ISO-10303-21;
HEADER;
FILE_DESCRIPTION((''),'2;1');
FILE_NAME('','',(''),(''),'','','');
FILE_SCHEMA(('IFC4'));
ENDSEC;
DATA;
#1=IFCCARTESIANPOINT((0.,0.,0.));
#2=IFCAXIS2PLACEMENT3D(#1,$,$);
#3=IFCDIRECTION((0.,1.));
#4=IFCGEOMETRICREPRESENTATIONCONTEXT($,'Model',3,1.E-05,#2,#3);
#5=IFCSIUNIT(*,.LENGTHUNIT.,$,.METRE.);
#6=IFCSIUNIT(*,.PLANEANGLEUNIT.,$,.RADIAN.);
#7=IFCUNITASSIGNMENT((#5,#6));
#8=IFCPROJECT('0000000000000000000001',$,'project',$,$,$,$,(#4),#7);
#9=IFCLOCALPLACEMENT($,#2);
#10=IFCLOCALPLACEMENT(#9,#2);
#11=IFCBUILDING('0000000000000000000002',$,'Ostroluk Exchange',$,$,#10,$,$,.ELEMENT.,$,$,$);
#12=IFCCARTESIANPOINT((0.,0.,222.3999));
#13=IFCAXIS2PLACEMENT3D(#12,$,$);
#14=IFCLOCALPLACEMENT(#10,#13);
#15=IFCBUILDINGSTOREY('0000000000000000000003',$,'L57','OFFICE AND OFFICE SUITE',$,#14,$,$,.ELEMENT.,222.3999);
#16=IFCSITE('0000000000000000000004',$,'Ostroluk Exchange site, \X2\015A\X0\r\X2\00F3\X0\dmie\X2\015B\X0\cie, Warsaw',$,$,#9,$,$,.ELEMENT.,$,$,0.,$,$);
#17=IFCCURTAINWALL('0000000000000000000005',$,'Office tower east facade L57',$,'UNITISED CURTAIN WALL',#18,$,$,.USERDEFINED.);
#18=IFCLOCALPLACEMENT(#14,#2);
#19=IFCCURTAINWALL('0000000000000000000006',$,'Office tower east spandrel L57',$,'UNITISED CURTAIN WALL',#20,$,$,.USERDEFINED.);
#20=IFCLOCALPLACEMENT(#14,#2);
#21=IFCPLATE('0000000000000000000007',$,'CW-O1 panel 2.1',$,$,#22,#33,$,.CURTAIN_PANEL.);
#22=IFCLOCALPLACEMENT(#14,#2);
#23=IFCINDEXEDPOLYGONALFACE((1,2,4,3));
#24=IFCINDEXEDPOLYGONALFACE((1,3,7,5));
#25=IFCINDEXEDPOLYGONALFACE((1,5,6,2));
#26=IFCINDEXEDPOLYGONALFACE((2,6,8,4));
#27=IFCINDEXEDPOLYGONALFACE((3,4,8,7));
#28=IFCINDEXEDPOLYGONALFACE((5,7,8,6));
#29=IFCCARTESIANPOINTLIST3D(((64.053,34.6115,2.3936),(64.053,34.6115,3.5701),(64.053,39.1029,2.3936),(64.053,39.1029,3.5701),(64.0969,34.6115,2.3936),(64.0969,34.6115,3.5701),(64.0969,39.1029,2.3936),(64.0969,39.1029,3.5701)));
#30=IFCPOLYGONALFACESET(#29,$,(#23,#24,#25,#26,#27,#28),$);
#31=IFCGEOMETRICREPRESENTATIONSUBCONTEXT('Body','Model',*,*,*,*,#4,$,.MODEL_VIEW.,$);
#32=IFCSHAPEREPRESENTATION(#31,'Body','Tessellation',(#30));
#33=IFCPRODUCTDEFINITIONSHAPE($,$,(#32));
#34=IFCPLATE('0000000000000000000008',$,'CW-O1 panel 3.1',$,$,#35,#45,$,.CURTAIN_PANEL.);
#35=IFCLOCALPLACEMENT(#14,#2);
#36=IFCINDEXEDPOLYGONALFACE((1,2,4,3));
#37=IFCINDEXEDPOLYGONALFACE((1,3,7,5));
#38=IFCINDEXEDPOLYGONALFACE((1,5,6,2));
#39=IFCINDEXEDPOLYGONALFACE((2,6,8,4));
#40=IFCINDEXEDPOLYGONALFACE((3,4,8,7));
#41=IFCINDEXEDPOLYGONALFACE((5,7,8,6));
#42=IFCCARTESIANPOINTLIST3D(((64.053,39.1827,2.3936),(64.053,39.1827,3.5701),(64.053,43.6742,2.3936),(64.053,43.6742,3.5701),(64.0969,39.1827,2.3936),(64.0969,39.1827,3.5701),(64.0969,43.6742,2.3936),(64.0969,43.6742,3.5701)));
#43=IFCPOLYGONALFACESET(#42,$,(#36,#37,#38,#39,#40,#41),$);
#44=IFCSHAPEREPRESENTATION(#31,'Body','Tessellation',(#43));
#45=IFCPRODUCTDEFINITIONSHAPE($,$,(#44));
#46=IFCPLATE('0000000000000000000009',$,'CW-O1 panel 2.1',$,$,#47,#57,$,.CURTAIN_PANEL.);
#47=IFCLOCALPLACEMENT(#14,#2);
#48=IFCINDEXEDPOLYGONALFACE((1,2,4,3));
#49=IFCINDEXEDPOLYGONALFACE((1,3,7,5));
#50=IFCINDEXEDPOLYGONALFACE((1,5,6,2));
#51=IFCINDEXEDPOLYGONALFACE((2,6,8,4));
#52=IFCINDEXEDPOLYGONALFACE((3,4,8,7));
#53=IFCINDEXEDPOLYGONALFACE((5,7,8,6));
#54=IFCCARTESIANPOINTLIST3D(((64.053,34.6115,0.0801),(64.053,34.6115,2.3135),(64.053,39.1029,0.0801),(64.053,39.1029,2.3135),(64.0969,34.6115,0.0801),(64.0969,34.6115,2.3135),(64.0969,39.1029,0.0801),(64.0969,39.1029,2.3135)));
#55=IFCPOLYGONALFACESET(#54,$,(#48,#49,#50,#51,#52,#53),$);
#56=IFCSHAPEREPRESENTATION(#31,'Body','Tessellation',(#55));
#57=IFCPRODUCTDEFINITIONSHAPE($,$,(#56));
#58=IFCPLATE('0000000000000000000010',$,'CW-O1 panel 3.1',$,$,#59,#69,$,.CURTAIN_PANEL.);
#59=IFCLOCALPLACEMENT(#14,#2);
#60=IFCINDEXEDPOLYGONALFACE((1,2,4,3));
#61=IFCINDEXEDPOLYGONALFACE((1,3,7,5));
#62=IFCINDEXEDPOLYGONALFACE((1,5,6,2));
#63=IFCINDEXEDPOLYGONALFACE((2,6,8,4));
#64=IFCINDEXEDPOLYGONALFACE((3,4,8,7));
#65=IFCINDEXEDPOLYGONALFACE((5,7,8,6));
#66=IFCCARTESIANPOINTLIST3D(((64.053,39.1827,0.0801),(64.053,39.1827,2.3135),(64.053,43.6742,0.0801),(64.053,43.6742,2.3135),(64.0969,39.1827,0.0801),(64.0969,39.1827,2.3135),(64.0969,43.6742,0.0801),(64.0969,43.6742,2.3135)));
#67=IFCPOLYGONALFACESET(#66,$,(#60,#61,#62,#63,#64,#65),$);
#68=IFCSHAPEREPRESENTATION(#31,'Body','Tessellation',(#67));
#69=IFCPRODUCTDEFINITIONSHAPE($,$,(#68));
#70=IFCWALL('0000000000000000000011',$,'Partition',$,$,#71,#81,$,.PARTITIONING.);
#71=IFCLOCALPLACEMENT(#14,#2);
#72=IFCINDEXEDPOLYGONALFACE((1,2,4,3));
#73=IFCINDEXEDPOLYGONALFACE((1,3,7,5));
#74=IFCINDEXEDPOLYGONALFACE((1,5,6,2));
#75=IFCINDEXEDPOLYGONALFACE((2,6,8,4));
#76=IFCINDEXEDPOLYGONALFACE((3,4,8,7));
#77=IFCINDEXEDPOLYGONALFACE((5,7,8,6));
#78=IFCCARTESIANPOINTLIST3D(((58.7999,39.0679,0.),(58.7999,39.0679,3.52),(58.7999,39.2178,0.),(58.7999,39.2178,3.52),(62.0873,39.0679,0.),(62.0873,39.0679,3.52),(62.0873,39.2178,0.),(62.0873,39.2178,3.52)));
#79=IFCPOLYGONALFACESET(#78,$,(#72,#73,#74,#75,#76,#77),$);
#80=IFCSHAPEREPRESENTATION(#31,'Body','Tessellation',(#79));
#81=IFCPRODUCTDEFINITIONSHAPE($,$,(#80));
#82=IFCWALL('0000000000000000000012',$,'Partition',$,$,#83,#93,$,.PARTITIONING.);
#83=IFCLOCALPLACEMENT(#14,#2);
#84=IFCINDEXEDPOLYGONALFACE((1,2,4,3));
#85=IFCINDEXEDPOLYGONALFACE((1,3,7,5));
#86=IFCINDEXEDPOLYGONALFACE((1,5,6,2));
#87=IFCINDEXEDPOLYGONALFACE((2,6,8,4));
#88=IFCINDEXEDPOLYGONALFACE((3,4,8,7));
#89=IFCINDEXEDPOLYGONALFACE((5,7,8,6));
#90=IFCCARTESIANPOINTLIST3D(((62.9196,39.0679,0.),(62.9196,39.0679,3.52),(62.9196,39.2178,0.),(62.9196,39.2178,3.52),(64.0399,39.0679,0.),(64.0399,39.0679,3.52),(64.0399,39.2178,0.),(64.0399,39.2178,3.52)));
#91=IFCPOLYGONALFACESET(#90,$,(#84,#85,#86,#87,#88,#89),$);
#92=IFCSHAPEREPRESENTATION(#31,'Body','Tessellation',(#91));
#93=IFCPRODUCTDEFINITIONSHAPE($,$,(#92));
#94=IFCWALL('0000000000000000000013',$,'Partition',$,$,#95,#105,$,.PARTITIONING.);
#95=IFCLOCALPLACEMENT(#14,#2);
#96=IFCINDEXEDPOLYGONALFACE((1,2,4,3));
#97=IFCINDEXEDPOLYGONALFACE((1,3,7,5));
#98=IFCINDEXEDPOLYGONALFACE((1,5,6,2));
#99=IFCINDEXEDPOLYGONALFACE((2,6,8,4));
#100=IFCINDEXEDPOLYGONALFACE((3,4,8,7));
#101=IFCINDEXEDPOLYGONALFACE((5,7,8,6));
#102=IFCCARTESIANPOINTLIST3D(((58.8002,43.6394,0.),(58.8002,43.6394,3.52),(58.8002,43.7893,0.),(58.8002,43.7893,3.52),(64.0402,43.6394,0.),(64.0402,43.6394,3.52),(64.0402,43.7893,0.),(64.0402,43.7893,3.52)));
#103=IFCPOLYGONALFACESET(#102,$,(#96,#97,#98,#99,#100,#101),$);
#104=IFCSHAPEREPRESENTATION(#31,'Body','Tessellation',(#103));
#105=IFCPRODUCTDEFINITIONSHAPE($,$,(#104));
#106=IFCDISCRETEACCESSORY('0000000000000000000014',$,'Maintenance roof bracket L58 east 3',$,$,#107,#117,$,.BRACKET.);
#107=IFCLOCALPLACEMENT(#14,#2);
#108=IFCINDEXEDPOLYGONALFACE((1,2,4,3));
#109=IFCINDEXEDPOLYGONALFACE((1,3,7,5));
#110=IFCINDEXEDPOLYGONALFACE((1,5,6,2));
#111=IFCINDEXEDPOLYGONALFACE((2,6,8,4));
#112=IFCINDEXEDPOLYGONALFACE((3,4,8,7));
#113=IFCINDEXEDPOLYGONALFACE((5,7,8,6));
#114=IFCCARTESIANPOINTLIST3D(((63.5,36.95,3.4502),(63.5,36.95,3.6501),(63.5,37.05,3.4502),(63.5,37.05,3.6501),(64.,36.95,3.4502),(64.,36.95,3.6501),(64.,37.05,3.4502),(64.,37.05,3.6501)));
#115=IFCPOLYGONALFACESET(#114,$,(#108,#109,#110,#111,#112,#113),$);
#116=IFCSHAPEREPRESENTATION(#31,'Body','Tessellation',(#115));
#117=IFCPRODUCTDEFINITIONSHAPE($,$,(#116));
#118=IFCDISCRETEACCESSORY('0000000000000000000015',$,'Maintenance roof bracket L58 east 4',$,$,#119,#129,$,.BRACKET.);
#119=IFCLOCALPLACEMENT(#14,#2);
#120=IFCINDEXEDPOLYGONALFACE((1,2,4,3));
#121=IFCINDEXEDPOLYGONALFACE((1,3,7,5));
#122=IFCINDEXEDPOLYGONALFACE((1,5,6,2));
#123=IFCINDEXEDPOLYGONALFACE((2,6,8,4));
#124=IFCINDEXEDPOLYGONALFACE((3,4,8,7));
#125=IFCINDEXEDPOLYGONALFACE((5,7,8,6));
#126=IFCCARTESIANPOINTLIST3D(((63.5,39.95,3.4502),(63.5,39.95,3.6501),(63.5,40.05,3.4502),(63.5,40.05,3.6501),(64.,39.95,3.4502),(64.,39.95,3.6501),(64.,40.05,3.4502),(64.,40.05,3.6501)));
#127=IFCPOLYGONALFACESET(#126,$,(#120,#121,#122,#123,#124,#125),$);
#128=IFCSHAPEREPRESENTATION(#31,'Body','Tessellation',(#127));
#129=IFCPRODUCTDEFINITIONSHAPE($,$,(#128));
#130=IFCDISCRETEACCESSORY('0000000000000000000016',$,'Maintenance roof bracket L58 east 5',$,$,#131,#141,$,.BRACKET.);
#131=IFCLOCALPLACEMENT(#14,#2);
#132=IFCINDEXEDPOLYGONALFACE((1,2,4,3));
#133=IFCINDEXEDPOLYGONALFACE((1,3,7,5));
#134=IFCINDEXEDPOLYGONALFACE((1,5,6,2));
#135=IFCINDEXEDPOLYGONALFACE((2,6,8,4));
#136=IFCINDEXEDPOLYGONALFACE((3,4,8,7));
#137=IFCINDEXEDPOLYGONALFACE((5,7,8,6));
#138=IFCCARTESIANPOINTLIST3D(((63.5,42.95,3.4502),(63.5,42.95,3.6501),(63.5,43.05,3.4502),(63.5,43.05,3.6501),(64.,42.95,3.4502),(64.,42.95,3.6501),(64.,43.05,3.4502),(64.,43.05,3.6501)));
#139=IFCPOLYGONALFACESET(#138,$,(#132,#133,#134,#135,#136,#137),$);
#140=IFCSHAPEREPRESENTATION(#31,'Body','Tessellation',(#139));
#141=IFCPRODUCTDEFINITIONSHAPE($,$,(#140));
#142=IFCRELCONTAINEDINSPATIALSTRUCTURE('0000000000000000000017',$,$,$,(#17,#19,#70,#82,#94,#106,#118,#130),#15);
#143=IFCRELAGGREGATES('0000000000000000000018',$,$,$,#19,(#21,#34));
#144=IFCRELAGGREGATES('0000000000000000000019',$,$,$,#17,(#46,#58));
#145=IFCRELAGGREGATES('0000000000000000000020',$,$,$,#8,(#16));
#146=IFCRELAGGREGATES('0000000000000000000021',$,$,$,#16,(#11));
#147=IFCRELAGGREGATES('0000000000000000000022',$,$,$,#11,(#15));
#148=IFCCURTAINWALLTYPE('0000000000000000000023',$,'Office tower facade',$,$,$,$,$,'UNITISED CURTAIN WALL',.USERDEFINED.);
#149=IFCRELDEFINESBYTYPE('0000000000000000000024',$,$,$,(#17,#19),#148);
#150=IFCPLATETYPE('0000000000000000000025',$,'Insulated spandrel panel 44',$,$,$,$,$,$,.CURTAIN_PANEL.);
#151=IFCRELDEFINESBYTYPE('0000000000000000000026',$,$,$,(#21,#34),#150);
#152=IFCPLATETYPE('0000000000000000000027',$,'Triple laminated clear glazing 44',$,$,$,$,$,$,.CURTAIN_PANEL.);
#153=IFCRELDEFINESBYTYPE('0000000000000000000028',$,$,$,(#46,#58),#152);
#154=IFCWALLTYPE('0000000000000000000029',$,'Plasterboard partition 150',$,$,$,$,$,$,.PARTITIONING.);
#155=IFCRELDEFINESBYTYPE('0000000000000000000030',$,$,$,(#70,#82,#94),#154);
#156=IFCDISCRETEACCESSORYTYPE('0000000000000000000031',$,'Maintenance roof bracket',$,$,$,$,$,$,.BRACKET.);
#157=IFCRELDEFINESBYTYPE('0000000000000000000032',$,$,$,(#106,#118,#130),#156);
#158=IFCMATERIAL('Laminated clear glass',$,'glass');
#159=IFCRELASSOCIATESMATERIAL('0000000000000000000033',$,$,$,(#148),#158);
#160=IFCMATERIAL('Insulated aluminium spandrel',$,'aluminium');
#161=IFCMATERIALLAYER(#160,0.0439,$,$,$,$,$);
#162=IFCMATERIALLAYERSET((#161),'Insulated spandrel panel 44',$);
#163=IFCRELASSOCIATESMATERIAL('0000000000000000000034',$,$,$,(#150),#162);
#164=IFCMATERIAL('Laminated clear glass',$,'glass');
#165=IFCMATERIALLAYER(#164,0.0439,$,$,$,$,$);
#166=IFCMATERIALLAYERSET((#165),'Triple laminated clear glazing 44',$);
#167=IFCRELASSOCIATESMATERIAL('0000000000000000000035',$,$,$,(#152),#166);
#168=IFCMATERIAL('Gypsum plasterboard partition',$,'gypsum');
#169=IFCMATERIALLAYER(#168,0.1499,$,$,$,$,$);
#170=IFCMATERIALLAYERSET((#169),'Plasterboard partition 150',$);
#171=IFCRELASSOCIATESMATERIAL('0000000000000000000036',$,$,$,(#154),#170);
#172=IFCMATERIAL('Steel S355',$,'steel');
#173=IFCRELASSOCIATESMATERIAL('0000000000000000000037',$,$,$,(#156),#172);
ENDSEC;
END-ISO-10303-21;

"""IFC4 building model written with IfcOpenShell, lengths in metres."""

from ifc_helpers import new_model, si_unit, direction, frame, frame_2d, origin, origin_2d, place, context, subcontext, project, spatial, rectangle, extrude, material, layer, layer_set, type_object, element, aggregate, save


model = new_model("IFC4")

# Units and contexts
model_context = context("Model", 3, precision=1e-05, world=origin(), true_north=direction((0.0, 1.0)))
body_context = subcontext(model_context, "Body", "Model", "MODEL_VIEW")
ifc_project = project(units=[si_unit("LENGTHUNIT", "METRE"), si_unit("PLANEANGLEUNIT", "RADIAN")], contexts=[model_context])

# Site, building, storey
site_placement = place(None, origin())
site = spatial("IfcSite", under=ifc_project, at=site_placement, Name="Ostroluk Exchange site, Śródmieście, Warsaw", CompositionType="ELEMENT", RefElevation=0.0)
building_placement = place(site_placement, origin())
building = spatial("IfcBuilding", under=site, at=building_placement, Name="Ostroluk Exchange", CompositionType="ELEMENT")
storey_placement = place(building_placement, frame((0.0, 0.0, 222.3999)))
storey = spatial("IfcBuildingStorey", under=building, at=storey_placement, Name="L57", Description="OFFICE AND OFFICE SUITE", CompositionType="ELEMENT", Elevation=222.3999)

# Curtain walls
ifc_material_1 = material(Name="Laminated clear glass", Category="glass")
curtain_wall_type = type_object("IfcCurtainWallType", Name="Office tower facade", ElementType="UNITISED CURTAIN WALL", PredefinedType="USERDEFINED", material=ifc_material_1)
curtain_wall_1_placement = place(storey_placement, origin())
curtain_wall_1 = element("IfcCurtainWall", 1, at=curtain_wall_1_placement, inside=storey, type_object=curtain_wall_type, Name="Office tower east facade L57", ObjectType="UNITISED CURTAIN WALL", PredefinedType="USERDEFINED")
curtain_wall_2_placement = place(storey_placement, origin())
curtain_wall_2 = element("IfcCurtainWall", 2, at=curtain_wall_2_placement, inside=storey, type_object=curtain_wall_type, Name="Office tower east spandrel L57", ObjectType="UNITISED CURTAIN WALL", PredefinedType="USERDEFINED")

# Plates
ifc_material_2 = material(Name="Insulated aluminium spandrel", Category="aluminium")
ifc_layer_1 = layer(ifc_material_2, 0.0439)
ifc_layer_set_1 = layer_set([ifc_layer_1], Name="Insulated spandrel panel 44")
plate_type_1 = type_object("IfcPlateType", Name="Insulated spandrel panel 44", PredefinedType="CURTAIN_PANEL", material=ifc_layer_set_1)
plate_1_placement = place(storey_placement, frame((64.075, 36.8572, 2.3936), z_axis=(0.0, 0.0, 1.0), x_axis=(0.0, 1.0, 0.0)))
plate_1 = element("IfcPlate", 3, at=plate_1_placement, type_object=plate_type_1, Name="CW-O1 panel 2.1", PredefinedType="CURTAIN_PANEL", context=body_context, shape_type="SweptSolid", body=[
    extrude(rectangle(XDim=4.4915, YDim=0.0439, at=origin_2d()), origin(), (0.0, 0.0, 1.0), 1.1765),
])
plate_2_placement = place(storey_placement, frame((64.075, 41.4285, 2.3936), z_axis=(0.0, 0.0, 1.0), x_axis=(0.0, 1.0, 0.0)))
plate_2 = element("IfcPlate", 4, at=plate_2_placement, type_object=plate_type_1, Name="CW-O1 panel 3.1", PredefinedType="CURTAIN_PANEL", context=body_context, shape_type="SweptSolid", body=[
    extrude(rectangle(XDim=4.4915, YDim=0.0439, at=origin_2d()), origin(), (0.0, 0.0, 1.0), 1.1765),
])
aggregate(curtain_wall_2, [plate_1, plate_2])
ifc_material_3 = material(Name="Laminated clear glass", Category="glass")
ifc_layer_2 = layer(ifc_material_3, 0.0439)
ifc_layer_set_2 = layer_set([ifc_layer_2], Name="Triple laminated clear glazing 44")
plate_type_2 = type_object("IfcPlateType", Name="Triple laminated clear glazing 44", PredefinedType="CURTAIN_PANEL", material=ifc_layer_set_2)
plate_3_placement = place(storey_placement, frame((64.075, 36.8572, 0.0801), z_axis=(0.0, 0.0, 1.0), x_axis=(0.0, 1.0, 0.0)))
plate_3 = element("IfcPlate", 5, at=plate_3_placement, type_object=plate_type_2, Name="CW-O1 panel 2.1", PredefinedType="CURTAIN_PANEL", context=body_context, shape_type="SweptSolid", body=[
    extrude(rectangle(XDim=4.4915, YDim=0.0439, at=origin_2d()), origin(), (0.0, 0.0, 1.0), 2.2334),
])
plate_4_placement = place(storey_placement, frame((64.075, 41.4285, 0.0801), z_axis=(0.0, 0.0, 1.0), x_axis=(0.0, 1.0, 0.0)))
plate_4 = element("IfcPlate", 6, at=plate_4_placement, type_object=plate_type_2, Name="CW-O1 panel 3.1", PredefinedType="CURTAIN_PANEL", context=body_context, shape_type="SweptSolid", body=[
    extrude(rectangle(XDim=4.4915, YDim=0.0439, at=origin_2d()), origin(), (0.0, 0.0, 1.0), 2.2334),
])
aggregate(curtain_wall_1, [plate_3, plate_4])

# Walls
ifc_material_4 = material(Name="Gypsum plasterboard partition", Category="gypsum")
ifc_layer_3 = layer(ifc_material_4, 0.1499)
ifc_layer_set_3 = layer_set([ifc_layer_3], Name="Plasterboard partition 150")
wall_type = type_object("IfcWallType", Name="Plasterboard partition 150", PredefinedType="PARTITIONING", material=ifc_layer_set_3)
wall_1_placement = place(storey_placement, frame((58.8, 39.1428, 0.0), z_axis=(0.0, 0.0, 1.0), x_axis=(1.0, 0.0, 0.0)))
element("IfcWall", 7, at=wall_1_placement, inside=storey, type_object=wall_type, Name="Partition", PredefinedType="PARTITIONING", context=body_context, shape_type="SweptSolid", body=[
    extrude(rectangle(XDim=3.2874, YDim=0.1499, at=frame_2d((1.6436, 0.0))), origin(), (0.0, 0.0, 1.0), 3.52),
])
wall_2_placement = place(storey_placement, frame((62.9197, 39.1428, 0.0), z_axis=(0.0, 0.0, 1.0), x_axis=(1.0, 0.0, 0.0)))
element("IfcWall", 8, at=wall_2_placement, inside=storey, type_object=wall_type, Name="Partition", PredefinedType="PARTITIONING", context=body_context, shape_type="SweptSolid", body=[
    extrude(rectangle(XDim=1.1204, YDim=0.1499, at=frame_2d((0.5601, 0.0))), origin(), (0.0, 0.0, 1.0), 3.52),
])
wall_3_placement = place(storey_placement, frame((58.8, 43.7144, 0.0), z_axis=(0.0, 0.0, 1.0), x_axis=(1.0, 0.0, 0.0)))
element("IfcWall", 9, at=wall_3_placement, inside=storey, type_object=wall_type, Name="Partition", PredefinedType="PARTITIONING", context=body_context, shape_type="SweptSolid", body=[
    extrude(rectangle(XDim=5.24, YDim=0.1499, at=frame_2d((2.6201, 0.0))), origin(), (0.0, 0.0, 1.0), 3.52),
])

# Discrete accessories
ifc_material_5 = material(Name="Steel S355", Category="steel")
discrete_accessory_type = type_object("IfcDiscreteAccessoryType", Name="Maintenance roof bracket", PredefinedType="BRACKET", material=ifc_material_5)
for number, where, z_axis, x_axis, name in (
    (10, (63.75, 37.0, 3.4502), (0.0, 0.0, 1.0), (1.0, 0.0, 0.0), "Maintenance roof bracket L58 east 3"),
    (11, (63.75, 40.0, 3.4502), (0.0, 0.0, 1.0), (1.0, 0.0, 0.0), "Maintenance roof bracket L58 east 4"),
    (12, (63.75, 43.0, 3.4502), (0.0, 0.0, 1.0), (1.0, 0.0, 0.0), "Maintenance roof bracket L58 east 5"),
):
    element("IfcDiscreteAccessory", number, at=place(storey_placement, frame(where, z_axis=z_axis, x_axis=x_axis)), inside=storey, type_object=discrete_accessory_type, Name=name, PredefinedType="BRACKET", context=body_context, shape_type="SweptSolid", body=[
        extrude(rectangle(XDim=0.5, YDim=0.1001, at=origin_2d()), origin(), (0.0, 0.0, 1.0), 0.2),
    ])

save(model, "model.ifc")
